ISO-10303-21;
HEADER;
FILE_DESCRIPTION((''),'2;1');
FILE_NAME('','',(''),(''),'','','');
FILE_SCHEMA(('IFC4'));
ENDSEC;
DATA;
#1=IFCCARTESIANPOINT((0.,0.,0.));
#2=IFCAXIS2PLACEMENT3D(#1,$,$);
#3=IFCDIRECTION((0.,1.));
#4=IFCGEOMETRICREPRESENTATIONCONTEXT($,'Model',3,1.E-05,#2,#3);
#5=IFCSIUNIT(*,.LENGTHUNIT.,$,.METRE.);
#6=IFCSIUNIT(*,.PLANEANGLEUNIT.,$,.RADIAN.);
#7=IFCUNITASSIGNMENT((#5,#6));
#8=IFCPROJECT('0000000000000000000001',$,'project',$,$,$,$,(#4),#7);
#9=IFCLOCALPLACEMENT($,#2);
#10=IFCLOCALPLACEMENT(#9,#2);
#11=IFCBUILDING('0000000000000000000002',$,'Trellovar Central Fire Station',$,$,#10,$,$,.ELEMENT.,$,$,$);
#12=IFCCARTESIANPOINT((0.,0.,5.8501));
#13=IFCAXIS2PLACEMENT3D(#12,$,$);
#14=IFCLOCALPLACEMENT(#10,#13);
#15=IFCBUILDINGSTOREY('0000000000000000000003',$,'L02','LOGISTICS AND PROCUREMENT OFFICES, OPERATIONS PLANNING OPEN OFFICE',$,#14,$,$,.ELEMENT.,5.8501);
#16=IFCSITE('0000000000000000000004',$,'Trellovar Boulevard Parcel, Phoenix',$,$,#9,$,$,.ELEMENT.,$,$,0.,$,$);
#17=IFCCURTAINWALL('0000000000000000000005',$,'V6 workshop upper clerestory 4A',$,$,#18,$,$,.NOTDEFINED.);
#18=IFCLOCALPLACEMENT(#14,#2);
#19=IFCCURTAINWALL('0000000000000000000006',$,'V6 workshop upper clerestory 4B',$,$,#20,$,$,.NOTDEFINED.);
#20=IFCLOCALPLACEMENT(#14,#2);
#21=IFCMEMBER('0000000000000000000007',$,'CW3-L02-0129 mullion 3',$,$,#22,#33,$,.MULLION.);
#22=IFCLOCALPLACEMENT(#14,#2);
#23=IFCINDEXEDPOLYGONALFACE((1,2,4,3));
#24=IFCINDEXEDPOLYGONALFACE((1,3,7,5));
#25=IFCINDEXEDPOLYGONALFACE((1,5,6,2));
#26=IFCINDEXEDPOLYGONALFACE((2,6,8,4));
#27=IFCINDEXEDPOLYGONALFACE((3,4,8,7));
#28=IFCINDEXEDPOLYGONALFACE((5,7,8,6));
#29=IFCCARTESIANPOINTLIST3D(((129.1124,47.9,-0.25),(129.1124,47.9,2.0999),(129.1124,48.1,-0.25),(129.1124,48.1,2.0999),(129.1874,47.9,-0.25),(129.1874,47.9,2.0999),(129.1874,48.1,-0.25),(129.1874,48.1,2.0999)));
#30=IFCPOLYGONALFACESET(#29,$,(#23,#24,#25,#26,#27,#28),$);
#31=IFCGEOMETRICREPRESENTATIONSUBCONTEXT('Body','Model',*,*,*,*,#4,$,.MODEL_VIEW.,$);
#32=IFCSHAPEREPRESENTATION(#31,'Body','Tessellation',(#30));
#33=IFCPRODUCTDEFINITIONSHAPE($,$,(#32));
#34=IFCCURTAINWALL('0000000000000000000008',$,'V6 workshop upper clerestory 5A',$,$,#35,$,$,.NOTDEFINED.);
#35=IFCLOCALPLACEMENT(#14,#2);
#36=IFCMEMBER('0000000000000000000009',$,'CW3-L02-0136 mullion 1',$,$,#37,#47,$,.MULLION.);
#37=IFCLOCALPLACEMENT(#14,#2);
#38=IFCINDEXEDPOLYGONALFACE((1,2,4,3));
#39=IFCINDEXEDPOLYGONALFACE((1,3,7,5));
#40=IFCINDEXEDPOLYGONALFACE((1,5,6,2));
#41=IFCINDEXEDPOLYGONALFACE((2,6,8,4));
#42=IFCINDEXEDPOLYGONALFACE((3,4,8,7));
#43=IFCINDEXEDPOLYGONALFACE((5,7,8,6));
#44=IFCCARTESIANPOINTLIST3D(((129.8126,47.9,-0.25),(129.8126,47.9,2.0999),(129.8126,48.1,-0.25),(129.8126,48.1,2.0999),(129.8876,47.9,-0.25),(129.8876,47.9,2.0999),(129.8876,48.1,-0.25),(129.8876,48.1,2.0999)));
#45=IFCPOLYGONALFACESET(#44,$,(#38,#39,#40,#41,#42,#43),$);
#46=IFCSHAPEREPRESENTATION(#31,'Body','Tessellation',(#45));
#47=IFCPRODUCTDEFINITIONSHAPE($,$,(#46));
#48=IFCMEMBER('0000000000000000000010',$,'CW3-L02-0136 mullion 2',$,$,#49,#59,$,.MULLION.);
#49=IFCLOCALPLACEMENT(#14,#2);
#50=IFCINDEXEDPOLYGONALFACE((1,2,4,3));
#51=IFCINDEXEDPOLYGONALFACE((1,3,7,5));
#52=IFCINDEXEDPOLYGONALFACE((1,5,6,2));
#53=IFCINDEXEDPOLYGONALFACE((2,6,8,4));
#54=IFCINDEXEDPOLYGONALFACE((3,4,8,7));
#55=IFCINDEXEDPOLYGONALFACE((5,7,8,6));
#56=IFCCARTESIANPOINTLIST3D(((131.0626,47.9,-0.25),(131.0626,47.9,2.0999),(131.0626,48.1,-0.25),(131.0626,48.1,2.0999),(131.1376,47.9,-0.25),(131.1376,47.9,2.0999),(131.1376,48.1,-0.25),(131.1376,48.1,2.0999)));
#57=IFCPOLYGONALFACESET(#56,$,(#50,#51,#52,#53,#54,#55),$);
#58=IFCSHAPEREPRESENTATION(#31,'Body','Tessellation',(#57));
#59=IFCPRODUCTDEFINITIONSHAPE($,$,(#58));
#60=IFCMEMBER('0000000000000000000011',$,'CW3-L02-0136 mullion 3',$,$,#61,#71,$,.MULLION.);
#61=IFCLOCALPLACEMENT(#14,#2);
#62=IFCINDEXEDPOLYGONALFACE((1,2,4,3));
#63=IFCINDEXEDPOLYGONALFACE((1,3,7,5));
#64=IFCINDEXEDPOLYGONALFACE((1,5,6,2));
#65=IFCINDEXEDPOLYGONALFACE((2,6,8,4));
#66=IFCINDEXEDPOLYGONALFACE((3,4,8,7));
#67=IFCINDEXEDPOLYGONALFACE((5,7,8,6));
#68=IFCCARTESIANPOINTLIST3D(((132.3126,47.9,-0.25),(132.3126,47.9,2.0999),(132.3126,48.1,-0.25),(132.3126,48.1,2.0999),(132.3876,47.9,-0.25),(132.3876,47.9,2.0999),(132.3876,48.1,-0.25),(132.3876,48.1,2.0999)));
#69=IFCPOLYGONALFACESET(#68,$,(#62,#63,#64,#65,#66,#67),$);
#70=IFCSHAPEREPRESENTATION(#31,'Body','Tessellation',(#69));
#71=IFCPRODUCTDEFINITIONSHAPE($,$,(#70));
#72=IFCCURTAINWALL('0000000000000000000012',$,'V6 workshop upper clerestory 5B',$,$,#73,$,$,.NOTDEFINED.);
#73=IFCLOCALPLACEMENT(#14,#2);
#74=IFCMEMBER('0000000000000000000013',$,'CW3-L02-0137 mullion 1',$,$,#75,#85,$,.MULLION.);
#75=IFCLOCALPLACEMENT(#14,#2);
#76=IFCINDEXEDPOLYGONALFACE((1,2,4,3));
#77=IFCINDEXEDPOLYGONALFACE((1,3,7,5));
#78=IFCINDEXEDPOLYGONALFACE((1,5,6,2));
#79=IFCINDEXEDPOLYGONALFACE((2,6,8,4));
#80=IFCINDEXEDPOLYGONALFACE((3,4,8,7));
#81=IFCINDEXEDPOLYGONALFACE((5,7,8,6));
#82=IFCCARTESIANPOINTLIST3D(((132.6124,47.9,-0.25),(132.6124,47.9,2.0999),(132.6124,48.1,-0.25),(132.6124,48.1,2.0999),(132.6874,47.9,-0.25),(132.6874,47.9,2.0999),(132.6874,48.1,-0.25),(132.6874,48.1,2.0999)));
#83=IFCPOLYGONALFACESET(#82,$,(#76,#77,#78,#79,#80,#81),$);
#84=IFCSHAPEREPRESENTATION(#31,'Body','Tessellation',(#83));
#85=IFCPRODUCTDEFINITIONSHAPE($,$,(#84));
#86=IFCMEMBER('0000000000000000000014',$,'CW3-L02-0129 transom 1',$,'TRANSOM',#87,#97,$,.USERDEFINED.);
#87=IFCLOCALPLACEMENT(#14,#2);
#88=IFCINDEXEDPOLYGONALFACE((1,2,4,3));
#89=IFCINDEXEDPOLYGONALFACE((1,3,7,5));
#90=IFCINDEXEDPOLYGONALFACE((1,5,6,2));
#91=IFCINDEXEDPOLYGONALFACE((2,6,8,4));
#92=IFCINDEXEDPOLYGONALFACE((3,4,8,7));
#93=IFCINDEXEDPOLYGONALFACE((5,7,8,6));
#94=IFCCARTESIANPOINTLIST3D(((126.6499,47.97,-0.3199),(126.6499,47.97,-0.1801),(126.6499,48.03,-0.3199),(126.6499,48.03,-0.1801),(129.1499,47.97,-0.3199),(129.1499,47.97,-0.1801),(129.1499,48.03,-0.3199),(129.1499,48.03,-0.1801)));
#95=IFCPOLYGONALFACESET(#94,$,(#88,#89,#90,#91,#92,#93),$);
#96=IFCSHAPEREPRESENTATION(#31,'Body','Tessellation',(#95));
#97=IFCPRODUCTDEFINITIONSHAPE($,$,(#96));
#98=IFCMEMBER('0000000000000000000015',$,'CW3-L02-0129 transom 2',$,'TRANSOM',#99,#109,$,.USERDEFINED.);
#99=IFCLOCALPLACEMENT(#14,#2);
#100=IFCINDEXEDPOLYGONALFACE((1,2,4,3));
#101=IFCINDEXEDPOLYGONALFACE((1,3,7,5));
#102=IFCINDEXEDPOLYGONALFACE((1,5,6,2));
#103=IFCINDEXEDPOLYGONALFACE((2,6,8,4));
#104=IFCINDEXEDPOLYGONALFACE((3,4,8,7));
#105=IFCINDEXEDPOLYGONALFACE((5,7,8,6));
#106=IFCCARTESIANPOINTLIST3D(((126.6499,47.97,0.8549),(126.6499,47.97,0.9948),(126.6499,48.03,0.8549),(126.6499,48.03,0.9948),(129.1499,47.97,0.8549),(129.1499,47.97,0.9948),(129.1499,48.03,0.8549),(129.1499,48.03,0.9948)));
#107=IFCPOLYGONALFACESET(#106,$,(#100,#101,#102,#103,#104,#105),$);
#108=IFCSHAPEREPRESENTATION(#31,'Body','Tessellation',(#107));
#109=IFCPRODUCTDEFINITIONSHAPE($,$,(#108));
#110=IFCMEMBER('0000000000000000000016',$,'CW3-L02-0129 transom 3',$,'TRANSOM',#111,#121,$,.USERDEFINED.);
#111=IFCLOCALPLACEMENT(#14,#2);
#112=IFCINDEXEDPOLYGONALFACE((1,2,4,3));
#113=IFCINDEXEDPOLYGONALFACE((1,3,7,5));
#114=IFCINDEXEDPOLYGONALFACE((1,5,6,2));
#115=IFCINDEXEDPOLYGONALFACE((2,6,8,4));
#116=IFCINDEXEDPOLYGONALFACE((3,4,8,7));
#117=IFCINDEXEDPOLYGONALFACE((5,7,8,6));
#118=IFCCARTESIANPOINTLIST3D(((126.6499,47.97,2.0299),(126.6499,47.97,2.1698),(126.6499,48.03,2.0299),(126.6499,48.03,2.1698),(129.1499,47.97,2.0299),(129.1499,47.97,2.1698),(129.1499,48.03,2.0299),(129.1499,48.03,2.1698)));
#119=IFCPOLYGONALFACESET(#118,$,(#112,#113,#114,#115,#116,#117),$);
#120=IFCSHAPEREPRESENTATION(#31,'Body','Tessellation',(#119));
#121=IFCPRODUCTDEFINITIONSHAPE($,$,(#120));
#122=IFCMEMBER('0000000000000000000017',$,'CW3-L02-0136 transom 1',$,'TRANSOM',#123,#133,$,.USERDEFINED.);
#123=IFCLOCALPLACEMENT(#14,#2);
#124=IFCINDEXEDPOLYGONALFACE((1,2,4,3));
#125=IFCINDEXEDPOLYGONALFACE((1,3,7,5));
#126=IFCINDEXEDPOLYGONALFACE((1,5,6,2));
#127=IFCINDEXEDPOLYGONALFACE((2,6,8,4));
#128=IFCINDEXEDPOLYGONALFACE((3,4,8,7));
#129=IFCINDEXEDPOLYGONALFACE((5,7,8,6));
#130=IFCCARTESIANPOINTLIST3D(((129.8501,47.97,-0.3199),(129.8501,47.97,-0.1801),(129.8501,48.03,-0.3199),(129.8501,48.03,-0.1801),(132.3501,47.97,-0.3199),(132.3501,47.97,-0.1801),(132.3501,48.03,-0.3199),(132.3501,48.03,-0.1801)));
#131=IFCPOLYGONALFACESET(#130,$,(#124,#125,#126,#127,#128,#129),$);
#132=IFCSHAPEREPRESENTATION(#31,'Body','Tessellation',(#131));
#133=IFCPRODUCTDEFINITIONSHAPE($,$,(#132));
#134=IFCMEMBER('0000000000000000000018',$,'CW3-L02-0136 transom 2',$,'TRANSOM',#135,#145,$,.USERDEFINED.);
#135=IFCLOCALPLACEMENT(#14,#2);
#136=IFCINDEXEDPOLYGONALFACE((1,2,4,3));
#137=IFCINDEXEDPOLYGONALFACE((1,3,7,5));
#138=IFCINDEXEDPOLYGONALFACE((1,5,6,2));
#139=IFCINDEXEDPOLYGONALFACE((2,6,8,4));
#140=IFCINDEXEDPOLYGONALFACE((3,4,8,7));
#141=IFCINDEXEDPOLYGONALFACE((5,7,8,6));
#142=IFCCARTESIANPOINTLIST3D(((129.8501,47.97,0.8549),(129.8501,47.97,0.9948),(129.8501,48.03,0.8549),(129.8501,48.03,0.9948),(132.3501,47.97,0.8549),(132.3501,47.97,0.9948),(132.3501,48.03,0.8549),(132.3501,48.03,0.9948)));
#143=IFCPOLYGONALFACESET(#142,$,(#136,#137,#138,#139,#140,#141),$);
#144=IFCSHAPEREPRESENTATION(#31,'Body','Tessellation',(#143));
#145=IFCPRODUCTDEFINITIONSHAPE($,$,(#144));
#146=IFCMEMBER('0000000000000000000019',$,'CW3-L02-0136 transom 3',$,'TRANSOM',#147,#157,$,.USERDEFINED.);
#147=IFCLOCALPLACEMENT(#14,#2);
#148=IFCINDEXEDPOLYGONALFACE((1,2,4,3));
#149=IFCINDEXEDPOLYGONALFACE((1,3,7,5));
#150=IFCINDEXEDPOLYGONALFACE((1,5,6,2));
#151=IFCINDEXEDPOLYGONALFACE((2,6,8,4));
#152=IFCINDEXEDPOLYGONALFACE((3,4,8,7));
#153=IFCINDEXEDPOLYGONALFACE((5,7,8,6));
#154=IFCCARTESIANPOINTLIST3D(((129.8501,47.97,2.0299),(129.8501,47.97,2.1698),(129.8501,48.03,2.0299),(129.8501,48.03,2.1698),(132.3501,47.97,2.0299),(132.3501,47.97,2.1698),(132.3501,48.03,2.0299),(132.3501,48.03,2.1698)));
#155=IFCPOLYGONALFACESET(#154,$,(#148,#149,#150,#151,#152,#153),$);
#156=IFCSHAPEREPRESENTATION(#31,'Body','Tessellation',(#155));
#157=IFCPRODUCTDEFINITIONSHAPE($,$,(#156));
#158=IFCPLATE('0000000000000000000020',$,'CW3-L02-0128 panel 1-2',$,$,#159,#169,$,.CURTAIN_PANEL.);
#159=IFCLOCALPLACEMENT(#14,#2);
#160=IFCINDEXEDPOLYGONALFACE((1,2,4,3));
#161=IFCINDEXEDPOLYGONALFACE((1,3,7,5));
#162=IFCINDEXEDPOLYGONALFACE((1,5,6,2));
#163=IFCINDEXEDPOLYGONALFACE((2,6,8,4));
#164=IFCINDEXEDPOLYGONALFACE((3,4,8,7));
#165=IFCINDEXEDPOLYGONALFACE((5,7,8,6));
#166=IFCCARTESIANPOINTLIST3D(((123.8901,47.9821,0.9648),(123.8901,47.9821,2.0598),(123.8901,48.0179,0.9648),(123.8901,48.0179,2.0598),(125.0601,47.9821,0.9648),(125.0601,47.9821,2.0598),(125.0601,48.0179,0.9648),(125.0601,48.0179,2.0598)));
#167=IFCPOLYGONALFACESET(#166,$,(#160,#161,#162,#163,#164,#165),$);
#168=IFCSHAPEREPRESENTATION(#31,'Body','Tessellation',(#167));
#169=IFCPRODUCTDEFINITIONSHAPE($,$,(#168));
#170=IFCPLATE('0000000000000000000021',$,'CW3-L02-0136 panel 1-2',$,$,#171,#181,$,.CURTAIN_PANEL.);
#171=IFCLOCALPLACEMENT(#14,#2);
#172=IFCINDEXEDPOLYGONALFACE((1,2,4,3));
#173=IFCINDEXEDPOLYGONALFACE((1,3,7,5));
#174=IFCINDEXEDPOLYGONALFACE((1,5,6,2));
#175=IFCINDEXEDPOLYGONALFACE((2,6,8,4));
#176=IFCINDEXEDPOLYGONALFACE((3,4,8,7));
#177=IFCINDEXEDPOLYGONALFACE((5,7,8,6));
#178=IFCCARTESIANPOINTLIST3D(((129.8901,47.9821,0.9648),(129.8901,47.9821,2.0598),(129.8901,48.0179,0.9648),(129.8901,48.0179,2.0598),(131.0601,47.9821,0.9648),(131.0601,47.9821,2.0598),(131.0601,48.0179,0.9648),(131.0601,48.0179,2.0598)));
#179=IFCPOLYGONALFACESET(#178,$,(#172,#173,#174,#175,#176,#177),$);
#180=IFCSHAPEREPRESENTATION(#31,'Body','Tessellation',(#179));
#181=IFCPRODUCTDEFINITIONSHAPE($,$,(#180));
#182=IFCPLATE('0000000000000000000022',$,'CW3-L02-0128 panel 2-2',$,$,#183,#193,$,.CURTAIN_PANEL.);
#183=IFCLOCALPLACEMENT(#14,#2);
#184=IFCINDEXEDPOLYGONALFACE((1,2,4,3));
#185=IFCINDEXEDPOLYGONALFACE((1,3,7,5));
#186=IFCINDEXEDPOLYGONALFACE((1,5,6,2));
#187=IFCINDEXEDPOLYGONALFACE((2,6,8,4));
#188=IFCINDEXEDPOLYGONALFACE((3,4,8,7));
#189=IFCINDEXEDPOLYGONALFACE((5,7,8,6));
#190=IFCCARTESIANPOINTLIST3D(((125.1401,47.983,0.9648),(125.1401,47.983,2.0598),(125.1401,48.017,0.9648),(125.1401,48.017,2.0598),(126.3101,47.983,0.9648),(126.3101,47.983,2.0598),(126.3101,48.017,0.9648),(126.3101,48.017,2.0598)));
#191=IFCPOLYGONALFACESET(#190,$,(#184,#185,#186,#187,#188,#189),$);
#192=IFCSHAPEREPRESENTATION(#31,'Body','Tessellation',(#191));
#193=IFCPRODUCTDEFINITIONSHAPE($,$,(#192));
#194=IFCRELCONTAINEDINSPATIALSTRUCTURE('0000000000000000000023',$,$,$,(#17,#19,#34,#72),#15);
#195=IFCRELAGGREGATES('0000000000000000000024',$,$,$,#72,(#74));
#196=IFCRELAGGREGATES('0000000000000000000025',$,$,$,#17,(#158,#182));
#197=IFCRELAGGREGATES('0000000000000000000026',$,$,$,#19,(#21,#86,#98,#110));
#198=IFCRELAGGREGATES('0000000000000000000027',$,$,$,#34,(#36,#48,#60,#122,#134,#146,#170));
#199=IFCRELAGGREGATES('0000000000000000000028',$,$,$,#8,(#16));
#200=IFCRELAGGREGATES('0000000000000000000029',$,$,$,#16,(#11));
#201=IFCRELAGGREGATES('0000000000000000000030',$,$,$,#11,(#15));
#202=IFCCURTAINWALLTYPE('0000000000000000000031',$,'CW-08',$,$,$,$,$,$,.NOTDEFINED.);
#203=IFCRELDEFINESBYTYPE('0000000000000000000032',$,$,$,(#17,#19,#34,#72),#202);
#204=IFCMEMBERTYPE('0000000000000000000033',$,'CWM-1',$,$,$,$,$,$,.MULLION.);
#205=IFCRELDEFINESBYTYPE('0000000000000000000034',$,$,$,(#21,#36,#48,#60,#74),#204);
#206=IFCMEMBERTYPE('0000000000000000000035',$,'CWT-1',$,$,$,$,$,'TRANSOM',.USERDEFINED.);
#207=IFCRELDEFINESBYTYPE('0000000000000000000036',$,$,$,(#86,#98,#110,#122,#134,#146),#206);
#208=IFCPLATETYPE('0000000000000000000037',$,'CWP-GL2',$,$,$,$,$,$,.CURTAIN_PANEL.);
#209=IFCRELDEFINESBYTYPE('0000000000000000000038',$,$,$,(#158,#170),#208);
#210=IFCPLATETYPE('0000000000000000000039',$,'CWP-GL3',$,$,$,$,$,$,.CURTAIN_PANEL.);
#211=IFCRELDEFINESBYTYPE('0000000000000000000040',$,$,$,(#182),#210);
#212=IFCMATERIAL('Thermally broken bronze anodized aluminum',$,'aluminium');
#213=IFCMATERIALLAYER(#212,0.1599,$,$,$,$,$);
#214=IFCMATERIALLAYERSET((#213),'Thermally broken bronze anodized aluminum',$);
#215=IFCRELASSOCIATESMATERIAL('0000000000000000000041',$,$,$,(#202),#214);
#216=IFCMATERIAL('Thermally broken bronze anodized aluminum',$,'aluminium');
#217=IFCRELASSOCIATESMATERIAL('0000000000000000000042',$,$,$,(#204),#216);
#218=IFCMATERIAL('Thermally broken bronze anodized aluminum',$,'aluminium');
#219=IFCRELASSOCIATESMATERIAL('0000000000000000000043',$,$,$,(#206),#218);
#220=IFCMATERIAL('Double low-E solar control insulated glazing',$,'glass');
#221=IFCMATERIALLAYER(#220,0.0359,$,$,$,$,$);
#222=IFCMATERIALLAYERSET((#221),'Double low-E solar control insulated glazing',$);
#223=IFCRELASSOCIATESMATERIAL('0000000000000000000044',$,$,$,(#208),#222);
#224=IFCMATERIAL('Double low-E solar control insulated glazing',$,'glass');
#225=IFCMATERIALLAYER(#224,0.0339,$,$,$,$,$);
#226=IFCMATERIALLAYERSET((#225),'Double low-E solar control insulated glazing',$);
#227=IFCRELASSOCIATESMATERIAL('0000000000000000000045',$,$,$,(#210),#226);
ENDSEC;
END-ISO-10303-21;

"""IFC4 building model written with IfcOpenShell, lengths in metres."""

from ifc_helpers import new_model, si_unit, direction, frame, origin, origin_2d, place, context, subcontext, project, spatial, rectangle, extrude, material, layer, layer_set, material_profile, profile_set, type_object, element, aggregate, save


model = new_model("IFC4")

# Units and contexts
model_context = context("Model", 3, precision=1e-05, world=origin(), true_north=direction((0.0, 1.0)))
body_context = subcontext(model_context, "Body", "Model", "MODEL_VIEW")
ifc_project = project(units=[si_unit("LENGTHUNIT", "METRE"), si_unit("PLANEANGLEUNIT", "RADIAN")], contexts=[model_context])

# Site, building, storey
site_placement = place(None, origin())
site = spatial("IfcSite", under=ifc_project, at=site_placement, Name="Trellovar Boulevard Parcel, Phoenix", CompositionType="ELEMENT", RefElevation=0.0)
building_placement = place(site_placement, origin())
building = spatial("IfcBuilding", under=site, at=building_placement, Name="Trellovar Central Fire Station", CompositionType="ELEMENT")
storey_placement = place(building_placement, frame((0.0, 0.0, 5.8501)))
storey = spatial("IfcBuildingStorey", under=building, at=storey_placement, Name="L02", Description="LOGISTICS AND PROCUREMENT OFFICES, OPERATIONS PLANNING OPEN OFFICE", CompositionType="ELEMENT", Elevation=5.8501)

# Curtain walls, members
ifc_material_1 = material(Name="Thermally broken bronze anodized aluminum", Category="aluminium")
ifc_layer_1 = layer(ifc_material_1, 0.1599)
ifc_layer_set_1 = layer_set([ifc_layer_1], Name="Thermally broken bronze anodized aluminum")
curtain_wall_type = type_object("IfcCurtainWallType", Name="CW-08", PredefinedType="NOTDEFINED", material=ifc_layer_set_1)
curtain_wall_1_placement = place(storey_placement, origin())
curtain_wall_1 = element("IfcCurtainWall", 1, at=curtain_wall_1_placement, inside=storey, type_object=curtain_wall_type, Name="V6 workshop upper clerestory 4A", PredefinedType="NOTDEFINED")
ifc_material_2 = material(Name="Thermally broken bronze anodized aluminum", Category="aluminium")
ifc_material_profile_1 = material_profile(ifc_material_2, rectangle(XDim=0.075, YDim=0.2, at=origin_2d()), Name="ALU75X200")
ifc_profile_set_1 = profile_set([ifc_material_profile_1], Name="Thermally broken bronze anodized aluminum")
member_type_1 = type_object("IfcMemberType", Name="CWM-1", PredefinedType="MULLION", material=ifc_profile_set_1)
curtain_wall_2_placement = place(storey_placement, origin())
curtain_wall_2 = element("IfcCurtainWall", 2, at=curtain_wall_2_placement, inside=storey, type_object=curtain_wall_type, Name="V6 workshop upper clerestory 4B", PredefinedType="NOTDEFINED")
member_1_placement = place(storey_placement, frame((129.1499, 48.0, -0.25), z_axis=(0.0, 0.0, 1.0), x_axis=(1.0, 0.0, 0.0)))
member_1 = element("IfcMember", 3, at=member_1_placement, type_object=member_type_1, Name="CW3-L02-0129 mullion 3", PredefinedType="MULLION", context=body_context, shape_type="SweptSolid", body=[
    extrude(rectangle(XDim=0.075, YDim=0.2, at=origin_2d()), origin(), (0.0, 0.0, 1.0), 2.3499),
])
curtain_wall_3_placement = place(storey_placement, origin())
curtain_wall_3 = element("IfcCurtainWall", 4, at=curtain_wall_3_placement, inside=storey, type_object=curtain_wall_type, Name="V6 workshop upper clerestory 5A", PredefinedType="NOTDEFINED")
member_2_placement = place(storey_placement, frame((129.8501, 48.0, -0.25), z_axis=(0.0, 0.0, 1.0), x_axis=(1.0, 0.0, 0.0)))
member_2 = element("IfcMember", 5, at=member_2_placement, type_object=member_type_1, Name="CW3-L02-0136 mullion 1", PredefinedType="MULLION", context=body_context, shape_type="SweptSolid", body=[
    extrude(rectangle(XDim=0.075, YDim=0.2, at=origin_2d()), origin(), (0.0, 0.0, 1.0), 2.3499),
])
member_3_placement = place(storey_placement, frame((131.1001, 48.0, -0.25), z_axis=(0.0, 0.0, 1.0), x_axis=(1.0, 0.0, 0.0)))
member_3 = element("IfcMember", 6, at=member_3_placement, type_object=member_type_1, Name="CW3-L02-0136 mullion 2", PredefinedType="MULLION", context=body_context, shape_type="SweptSolid", body=[
    extrude(rectangle(XDim=0.075, YDim=0.2, at=origin_2d()), origin(), (0.0, 0.0, 1.0), 2.3499),
])
member_4_placement = place(storey_placement, frame((132.3501, 48.0, -0.25), z_axis=(0.0, 0.0, 1.0), x_axis=(1.0, 0.0, 0.0)))
member_4 = element("IfcMember", 7, at=member_4_placement, type_object=member_type_1, Name="CW3-L02-0136 mullion 3", PredefinedType="MULLION", context=body_context, shape_type="SweptSolid", body=[
    extrude(rectangle(XDim=0.075, YDim=0.2, at=origin_2d()), origin(), (0.0, 0.0, 1.0), 2.3499),
])

# Curtain wall, member
curtain_wall_4_placement = place(storey_placement, origin())
curtain_wall_4 = element("IfcCurtainWall", 8, at=curtain_wall_4_placement, inside=storey, type_object=curtain_wall_type, Name="V6 workshop upper clerestory 5B", PredefinedType="NOTDEFINED")
member_5_placement = place(storey_placement, frame((132.6499, 48.0, -0.25), z_axis=(0.0, 0.0, 1.0), x_axis=(1.0, 0.0, 0.0)))
member_5 = element("IfcMember", 9, at=member_5_placement, type_object=member_type_1, Name="CW3-L02-0137 mullion 1", PredefinedType="MULLION", context=body_context, shape_type="SweptSolid", body=[
    extrude(rectangle(XDim=0.075, YDim=0.2, at=origin_2d()), origin(), (0.0, 0.0, 1.0), 2.3499),
])
aggregate(curtain_wall_4, [member_5])

# Members
ifc_material_3 = material(Name="Thermally broken bronze anodized aluminum", Category="aluminium")
ifc_material_profile_2 = material_profile(ifc_material_3, rectangle(XDim=0.0601, YDim=0.1399, at=origin_2d()), Name="ALU60X140")
ifc_profile_set_2 = profile_set([ifc_material_profile_2], Name="Thermally broken bronze anodized aluminum")
member_type_2 = type_object("IfcMemberType", Name="CWT-1", ElementType="TRANSOM", PredefinedType="USERDEFINED", material=ifc_profile_set_2)
member_6_placement = place(storey_placement, frame((126.6499, 48.0, -0.25), z_axis=(1.0, 0.0, 0.0), x_axis=(0.0, 1.0, 0.0)))
member_6 = element("IfcMember", 10, at=member_6_placement, type_object=member_type_2, Name="CW3-L02-0129 transom 1", ObjectType="TRANSOM", PredefinedType="USERDEFINED", context=body_context, shape_type="SweptSolid", body=[
    extrude(rectangle(XDim=0.0601, YDim=0.1399, at=origin_2d()), origin(), (0.0, 0.0, 1.0), 2.5),
])
member_7_placement = place(storey_placement, frame((126.6499, 48.0, 0.9248), z_axis=(1.0, 0.0, 0.0), x_axis=(0.0, 1.0, 0.0)))
member_7 = element("IfcMember", 11, at=member_7_placement, type_object=member_type_2, Name="CW3-L02-0129 transom 2", ObjectType="TRANSOM", PredefinedType="USERDEFINED", context=body_context, shape_type="SweptSolid", body=[
    extrude(rectangle(XDim=0.0601, YDim=0.1399, at=origin_2d()), origin(), (0.0, 0.0, 1.0), 2.5),
])
member_8_placement = place(storey_placement, frame((126.6499, 48.0, 2.0999), z_axis=(1.0, 0.0, 0.0), x_axis=(0.0, 1.0, 0.0)))
member_8 = element("IfcMember", 12, at=member_8_placement, type_object=member_type_2, Name="CW3-L02-0129 transom 3", ObjectType="TRANSOM", PredefinedType="USERDEFINED", context=body_context, shape_type="SweptSolid", body=[
    extrude(rectangle(XDim=0.0601, YDim=0.1399, at=origin_2d()), origin(), (0.0, 0.0, 1.0), 2.5),
])
member_9_placement = place(storey_placement, frame((129.8501, 48.0, -0.25), z_axis=(1.0, 0.0, 0.0), x_axis=(0.0, 1.0, 0.0)))
member_9 = element("IfcMember", 13, at=member_9_placement, type_object=member_type_2, Name="CW3-L02-0136 transom 1", ObjectType="TRANSOM", PredefinedType="USERDEFINED", context=body_context, shape_type="SweptSolid", body=[
    extrude(rectangle(XDim=0.0601, YDim=0.1399, at=origin_2d()), origin(), (0.0, 0.0, 1.0), 2.5),
])
member_10_placement = place(storey_placement, frame((129.8501, 48.0, 0.9248), z_axis=(1.0, 0.0, 0.0), x_axis=(0.0, 1.0, 0.0)))
member_10 = element("IfcMember", 14, at=member_10_placement, type_object=member_type_2, Name="CW3-L02-0136 transom 2", ObjectType="TRANSOM", PredefinedType="USERDEFINED", context=body_context, shape_type="SweptSolid", body=[
    extrude(rectangle(XDim=0.0601, YDim=0.1399, at=origin_2d()), origin(), (0.0, 0.0, 1.0), 2.5),
])
member_11_placement = place(storey_placement, frame((129.8501, 48.0, 2.0999), z_axis=(1.0, 0.0, 0.0), x_axis=(0.0, 1.0, 0.0)))
member_11 = element("IfcMember", 15, at=member_11_placement, type_object=member_type_2, Name="CW3-L02-0136 transom 3", ObjectType="TRANSOM", PredefinedType="USERDEFINED", context=body_context, shape_type="SweptSolid", body=[
    extrude(rectangle(XDim=0.0601, YDim=0.1399, at=origin_2d()), origin(), (0.0, 0.0, 1.0), 2.5),
])

# Plates
ifc_material_4 = material(Name="Double low-E solar control insulated glazing", Category="glass")
ifc_layer_2 = layer(ifc_material_4, 0.0359)
ifc_layer_set_2 = layer_set([ifc_layer_2], Name="Double low-E solar control insulated glazing")
plate_type_1 = type_object("IfcPlateType", Name="CWP-GL2", PredefinedType="CURTAIN_PANEL", material=ifc_layer_set_2)
plate_1_placement = place(storey_placement, frame((124.4751, 48.0, 0.9648), z_axis=(0.0, 0.0, 1.0), x_axis=(1.0, 0.0, 0.0)))
plate_1 = element("IfcPlate", 16, at=plate_1_placement, type_object=plate_type_1, Name="CW3-L02-0128 panel 1-2", PredefinedType="CURTAIN_PANEL", context=body_context, shape_type="SweptSolid", body=[
    extrude(rectangle(XDim=1.1699, YDim=0.0359, at=origin_2d()), origin(), (0.0, 0.0, 1.0), 1.095),
])
plate_2_placement = place(storey_placement, frame((130.4751, 48.0, 0.9648), z_axis=(0.0, 0.0, 1.0), x_axis=(1.0, 0.0, 0.0)))
plate_2 = element("IfcPlate", 17, at=plate_2_placement, type_object=plate_type_1, Name="CW3-L02-0136 panel 1-2", PredefinedType="CURTAIN_PANEL", context=body_context, shape_type="SweptSolid", body=[
    extrude(rectangle(XDim=1.1699, YDim=0.0359, at=origin_2d()), origin(), (0.0, 0.0, 1.0), 1.095),
])
ifc_material_5 = material(Name="Double low-E solar control insulated glazing", Category="glass")
ifc_layer_3 = layer(ifc_material_5, 0.0339)
ifc_layer_set_3 = layer_set([ifc_layer_3], Name="Double low-E solar control insulated glazing")
plate_type_2 = type_object("IfcPlateType", Name="CWP-GL3", PredefinedType="CURTAIN_PANEL", material=ifc_layer_set_3)
plate_3_placement = place(storey_placement, frame((125.7251, 48.0, 0.9648), z_axis=(0.0, 0.0, 1.0), x_axis=(1.0, 0.0, 0.0)))
plate_3 = element("IfcPlate", 18, at=plate_3_placement, type_object=plate_type_2, Name="CW3-L02-0128 panel 2-2", PredefinedType="CURTAIN_PANEL", context=body_context, shape_type="SweptSolid", body=[
    extrude(rectangle(XDim=1.1699, YDim=0.0339, at=origin_2d()), origin(), (0.0, 0.0, 1.0), 1.095),
])
aggregate(curtain_wall_1, [plate_1, plate_3])
aggregate(curtain_wall_2, [member_1, member_6, member_7, member_8])
aggregate(curtain_wall_3, [member_2, member_3, member_4, member_9, member_10, member_11, plate_2])

save(model, "model.ifc")
